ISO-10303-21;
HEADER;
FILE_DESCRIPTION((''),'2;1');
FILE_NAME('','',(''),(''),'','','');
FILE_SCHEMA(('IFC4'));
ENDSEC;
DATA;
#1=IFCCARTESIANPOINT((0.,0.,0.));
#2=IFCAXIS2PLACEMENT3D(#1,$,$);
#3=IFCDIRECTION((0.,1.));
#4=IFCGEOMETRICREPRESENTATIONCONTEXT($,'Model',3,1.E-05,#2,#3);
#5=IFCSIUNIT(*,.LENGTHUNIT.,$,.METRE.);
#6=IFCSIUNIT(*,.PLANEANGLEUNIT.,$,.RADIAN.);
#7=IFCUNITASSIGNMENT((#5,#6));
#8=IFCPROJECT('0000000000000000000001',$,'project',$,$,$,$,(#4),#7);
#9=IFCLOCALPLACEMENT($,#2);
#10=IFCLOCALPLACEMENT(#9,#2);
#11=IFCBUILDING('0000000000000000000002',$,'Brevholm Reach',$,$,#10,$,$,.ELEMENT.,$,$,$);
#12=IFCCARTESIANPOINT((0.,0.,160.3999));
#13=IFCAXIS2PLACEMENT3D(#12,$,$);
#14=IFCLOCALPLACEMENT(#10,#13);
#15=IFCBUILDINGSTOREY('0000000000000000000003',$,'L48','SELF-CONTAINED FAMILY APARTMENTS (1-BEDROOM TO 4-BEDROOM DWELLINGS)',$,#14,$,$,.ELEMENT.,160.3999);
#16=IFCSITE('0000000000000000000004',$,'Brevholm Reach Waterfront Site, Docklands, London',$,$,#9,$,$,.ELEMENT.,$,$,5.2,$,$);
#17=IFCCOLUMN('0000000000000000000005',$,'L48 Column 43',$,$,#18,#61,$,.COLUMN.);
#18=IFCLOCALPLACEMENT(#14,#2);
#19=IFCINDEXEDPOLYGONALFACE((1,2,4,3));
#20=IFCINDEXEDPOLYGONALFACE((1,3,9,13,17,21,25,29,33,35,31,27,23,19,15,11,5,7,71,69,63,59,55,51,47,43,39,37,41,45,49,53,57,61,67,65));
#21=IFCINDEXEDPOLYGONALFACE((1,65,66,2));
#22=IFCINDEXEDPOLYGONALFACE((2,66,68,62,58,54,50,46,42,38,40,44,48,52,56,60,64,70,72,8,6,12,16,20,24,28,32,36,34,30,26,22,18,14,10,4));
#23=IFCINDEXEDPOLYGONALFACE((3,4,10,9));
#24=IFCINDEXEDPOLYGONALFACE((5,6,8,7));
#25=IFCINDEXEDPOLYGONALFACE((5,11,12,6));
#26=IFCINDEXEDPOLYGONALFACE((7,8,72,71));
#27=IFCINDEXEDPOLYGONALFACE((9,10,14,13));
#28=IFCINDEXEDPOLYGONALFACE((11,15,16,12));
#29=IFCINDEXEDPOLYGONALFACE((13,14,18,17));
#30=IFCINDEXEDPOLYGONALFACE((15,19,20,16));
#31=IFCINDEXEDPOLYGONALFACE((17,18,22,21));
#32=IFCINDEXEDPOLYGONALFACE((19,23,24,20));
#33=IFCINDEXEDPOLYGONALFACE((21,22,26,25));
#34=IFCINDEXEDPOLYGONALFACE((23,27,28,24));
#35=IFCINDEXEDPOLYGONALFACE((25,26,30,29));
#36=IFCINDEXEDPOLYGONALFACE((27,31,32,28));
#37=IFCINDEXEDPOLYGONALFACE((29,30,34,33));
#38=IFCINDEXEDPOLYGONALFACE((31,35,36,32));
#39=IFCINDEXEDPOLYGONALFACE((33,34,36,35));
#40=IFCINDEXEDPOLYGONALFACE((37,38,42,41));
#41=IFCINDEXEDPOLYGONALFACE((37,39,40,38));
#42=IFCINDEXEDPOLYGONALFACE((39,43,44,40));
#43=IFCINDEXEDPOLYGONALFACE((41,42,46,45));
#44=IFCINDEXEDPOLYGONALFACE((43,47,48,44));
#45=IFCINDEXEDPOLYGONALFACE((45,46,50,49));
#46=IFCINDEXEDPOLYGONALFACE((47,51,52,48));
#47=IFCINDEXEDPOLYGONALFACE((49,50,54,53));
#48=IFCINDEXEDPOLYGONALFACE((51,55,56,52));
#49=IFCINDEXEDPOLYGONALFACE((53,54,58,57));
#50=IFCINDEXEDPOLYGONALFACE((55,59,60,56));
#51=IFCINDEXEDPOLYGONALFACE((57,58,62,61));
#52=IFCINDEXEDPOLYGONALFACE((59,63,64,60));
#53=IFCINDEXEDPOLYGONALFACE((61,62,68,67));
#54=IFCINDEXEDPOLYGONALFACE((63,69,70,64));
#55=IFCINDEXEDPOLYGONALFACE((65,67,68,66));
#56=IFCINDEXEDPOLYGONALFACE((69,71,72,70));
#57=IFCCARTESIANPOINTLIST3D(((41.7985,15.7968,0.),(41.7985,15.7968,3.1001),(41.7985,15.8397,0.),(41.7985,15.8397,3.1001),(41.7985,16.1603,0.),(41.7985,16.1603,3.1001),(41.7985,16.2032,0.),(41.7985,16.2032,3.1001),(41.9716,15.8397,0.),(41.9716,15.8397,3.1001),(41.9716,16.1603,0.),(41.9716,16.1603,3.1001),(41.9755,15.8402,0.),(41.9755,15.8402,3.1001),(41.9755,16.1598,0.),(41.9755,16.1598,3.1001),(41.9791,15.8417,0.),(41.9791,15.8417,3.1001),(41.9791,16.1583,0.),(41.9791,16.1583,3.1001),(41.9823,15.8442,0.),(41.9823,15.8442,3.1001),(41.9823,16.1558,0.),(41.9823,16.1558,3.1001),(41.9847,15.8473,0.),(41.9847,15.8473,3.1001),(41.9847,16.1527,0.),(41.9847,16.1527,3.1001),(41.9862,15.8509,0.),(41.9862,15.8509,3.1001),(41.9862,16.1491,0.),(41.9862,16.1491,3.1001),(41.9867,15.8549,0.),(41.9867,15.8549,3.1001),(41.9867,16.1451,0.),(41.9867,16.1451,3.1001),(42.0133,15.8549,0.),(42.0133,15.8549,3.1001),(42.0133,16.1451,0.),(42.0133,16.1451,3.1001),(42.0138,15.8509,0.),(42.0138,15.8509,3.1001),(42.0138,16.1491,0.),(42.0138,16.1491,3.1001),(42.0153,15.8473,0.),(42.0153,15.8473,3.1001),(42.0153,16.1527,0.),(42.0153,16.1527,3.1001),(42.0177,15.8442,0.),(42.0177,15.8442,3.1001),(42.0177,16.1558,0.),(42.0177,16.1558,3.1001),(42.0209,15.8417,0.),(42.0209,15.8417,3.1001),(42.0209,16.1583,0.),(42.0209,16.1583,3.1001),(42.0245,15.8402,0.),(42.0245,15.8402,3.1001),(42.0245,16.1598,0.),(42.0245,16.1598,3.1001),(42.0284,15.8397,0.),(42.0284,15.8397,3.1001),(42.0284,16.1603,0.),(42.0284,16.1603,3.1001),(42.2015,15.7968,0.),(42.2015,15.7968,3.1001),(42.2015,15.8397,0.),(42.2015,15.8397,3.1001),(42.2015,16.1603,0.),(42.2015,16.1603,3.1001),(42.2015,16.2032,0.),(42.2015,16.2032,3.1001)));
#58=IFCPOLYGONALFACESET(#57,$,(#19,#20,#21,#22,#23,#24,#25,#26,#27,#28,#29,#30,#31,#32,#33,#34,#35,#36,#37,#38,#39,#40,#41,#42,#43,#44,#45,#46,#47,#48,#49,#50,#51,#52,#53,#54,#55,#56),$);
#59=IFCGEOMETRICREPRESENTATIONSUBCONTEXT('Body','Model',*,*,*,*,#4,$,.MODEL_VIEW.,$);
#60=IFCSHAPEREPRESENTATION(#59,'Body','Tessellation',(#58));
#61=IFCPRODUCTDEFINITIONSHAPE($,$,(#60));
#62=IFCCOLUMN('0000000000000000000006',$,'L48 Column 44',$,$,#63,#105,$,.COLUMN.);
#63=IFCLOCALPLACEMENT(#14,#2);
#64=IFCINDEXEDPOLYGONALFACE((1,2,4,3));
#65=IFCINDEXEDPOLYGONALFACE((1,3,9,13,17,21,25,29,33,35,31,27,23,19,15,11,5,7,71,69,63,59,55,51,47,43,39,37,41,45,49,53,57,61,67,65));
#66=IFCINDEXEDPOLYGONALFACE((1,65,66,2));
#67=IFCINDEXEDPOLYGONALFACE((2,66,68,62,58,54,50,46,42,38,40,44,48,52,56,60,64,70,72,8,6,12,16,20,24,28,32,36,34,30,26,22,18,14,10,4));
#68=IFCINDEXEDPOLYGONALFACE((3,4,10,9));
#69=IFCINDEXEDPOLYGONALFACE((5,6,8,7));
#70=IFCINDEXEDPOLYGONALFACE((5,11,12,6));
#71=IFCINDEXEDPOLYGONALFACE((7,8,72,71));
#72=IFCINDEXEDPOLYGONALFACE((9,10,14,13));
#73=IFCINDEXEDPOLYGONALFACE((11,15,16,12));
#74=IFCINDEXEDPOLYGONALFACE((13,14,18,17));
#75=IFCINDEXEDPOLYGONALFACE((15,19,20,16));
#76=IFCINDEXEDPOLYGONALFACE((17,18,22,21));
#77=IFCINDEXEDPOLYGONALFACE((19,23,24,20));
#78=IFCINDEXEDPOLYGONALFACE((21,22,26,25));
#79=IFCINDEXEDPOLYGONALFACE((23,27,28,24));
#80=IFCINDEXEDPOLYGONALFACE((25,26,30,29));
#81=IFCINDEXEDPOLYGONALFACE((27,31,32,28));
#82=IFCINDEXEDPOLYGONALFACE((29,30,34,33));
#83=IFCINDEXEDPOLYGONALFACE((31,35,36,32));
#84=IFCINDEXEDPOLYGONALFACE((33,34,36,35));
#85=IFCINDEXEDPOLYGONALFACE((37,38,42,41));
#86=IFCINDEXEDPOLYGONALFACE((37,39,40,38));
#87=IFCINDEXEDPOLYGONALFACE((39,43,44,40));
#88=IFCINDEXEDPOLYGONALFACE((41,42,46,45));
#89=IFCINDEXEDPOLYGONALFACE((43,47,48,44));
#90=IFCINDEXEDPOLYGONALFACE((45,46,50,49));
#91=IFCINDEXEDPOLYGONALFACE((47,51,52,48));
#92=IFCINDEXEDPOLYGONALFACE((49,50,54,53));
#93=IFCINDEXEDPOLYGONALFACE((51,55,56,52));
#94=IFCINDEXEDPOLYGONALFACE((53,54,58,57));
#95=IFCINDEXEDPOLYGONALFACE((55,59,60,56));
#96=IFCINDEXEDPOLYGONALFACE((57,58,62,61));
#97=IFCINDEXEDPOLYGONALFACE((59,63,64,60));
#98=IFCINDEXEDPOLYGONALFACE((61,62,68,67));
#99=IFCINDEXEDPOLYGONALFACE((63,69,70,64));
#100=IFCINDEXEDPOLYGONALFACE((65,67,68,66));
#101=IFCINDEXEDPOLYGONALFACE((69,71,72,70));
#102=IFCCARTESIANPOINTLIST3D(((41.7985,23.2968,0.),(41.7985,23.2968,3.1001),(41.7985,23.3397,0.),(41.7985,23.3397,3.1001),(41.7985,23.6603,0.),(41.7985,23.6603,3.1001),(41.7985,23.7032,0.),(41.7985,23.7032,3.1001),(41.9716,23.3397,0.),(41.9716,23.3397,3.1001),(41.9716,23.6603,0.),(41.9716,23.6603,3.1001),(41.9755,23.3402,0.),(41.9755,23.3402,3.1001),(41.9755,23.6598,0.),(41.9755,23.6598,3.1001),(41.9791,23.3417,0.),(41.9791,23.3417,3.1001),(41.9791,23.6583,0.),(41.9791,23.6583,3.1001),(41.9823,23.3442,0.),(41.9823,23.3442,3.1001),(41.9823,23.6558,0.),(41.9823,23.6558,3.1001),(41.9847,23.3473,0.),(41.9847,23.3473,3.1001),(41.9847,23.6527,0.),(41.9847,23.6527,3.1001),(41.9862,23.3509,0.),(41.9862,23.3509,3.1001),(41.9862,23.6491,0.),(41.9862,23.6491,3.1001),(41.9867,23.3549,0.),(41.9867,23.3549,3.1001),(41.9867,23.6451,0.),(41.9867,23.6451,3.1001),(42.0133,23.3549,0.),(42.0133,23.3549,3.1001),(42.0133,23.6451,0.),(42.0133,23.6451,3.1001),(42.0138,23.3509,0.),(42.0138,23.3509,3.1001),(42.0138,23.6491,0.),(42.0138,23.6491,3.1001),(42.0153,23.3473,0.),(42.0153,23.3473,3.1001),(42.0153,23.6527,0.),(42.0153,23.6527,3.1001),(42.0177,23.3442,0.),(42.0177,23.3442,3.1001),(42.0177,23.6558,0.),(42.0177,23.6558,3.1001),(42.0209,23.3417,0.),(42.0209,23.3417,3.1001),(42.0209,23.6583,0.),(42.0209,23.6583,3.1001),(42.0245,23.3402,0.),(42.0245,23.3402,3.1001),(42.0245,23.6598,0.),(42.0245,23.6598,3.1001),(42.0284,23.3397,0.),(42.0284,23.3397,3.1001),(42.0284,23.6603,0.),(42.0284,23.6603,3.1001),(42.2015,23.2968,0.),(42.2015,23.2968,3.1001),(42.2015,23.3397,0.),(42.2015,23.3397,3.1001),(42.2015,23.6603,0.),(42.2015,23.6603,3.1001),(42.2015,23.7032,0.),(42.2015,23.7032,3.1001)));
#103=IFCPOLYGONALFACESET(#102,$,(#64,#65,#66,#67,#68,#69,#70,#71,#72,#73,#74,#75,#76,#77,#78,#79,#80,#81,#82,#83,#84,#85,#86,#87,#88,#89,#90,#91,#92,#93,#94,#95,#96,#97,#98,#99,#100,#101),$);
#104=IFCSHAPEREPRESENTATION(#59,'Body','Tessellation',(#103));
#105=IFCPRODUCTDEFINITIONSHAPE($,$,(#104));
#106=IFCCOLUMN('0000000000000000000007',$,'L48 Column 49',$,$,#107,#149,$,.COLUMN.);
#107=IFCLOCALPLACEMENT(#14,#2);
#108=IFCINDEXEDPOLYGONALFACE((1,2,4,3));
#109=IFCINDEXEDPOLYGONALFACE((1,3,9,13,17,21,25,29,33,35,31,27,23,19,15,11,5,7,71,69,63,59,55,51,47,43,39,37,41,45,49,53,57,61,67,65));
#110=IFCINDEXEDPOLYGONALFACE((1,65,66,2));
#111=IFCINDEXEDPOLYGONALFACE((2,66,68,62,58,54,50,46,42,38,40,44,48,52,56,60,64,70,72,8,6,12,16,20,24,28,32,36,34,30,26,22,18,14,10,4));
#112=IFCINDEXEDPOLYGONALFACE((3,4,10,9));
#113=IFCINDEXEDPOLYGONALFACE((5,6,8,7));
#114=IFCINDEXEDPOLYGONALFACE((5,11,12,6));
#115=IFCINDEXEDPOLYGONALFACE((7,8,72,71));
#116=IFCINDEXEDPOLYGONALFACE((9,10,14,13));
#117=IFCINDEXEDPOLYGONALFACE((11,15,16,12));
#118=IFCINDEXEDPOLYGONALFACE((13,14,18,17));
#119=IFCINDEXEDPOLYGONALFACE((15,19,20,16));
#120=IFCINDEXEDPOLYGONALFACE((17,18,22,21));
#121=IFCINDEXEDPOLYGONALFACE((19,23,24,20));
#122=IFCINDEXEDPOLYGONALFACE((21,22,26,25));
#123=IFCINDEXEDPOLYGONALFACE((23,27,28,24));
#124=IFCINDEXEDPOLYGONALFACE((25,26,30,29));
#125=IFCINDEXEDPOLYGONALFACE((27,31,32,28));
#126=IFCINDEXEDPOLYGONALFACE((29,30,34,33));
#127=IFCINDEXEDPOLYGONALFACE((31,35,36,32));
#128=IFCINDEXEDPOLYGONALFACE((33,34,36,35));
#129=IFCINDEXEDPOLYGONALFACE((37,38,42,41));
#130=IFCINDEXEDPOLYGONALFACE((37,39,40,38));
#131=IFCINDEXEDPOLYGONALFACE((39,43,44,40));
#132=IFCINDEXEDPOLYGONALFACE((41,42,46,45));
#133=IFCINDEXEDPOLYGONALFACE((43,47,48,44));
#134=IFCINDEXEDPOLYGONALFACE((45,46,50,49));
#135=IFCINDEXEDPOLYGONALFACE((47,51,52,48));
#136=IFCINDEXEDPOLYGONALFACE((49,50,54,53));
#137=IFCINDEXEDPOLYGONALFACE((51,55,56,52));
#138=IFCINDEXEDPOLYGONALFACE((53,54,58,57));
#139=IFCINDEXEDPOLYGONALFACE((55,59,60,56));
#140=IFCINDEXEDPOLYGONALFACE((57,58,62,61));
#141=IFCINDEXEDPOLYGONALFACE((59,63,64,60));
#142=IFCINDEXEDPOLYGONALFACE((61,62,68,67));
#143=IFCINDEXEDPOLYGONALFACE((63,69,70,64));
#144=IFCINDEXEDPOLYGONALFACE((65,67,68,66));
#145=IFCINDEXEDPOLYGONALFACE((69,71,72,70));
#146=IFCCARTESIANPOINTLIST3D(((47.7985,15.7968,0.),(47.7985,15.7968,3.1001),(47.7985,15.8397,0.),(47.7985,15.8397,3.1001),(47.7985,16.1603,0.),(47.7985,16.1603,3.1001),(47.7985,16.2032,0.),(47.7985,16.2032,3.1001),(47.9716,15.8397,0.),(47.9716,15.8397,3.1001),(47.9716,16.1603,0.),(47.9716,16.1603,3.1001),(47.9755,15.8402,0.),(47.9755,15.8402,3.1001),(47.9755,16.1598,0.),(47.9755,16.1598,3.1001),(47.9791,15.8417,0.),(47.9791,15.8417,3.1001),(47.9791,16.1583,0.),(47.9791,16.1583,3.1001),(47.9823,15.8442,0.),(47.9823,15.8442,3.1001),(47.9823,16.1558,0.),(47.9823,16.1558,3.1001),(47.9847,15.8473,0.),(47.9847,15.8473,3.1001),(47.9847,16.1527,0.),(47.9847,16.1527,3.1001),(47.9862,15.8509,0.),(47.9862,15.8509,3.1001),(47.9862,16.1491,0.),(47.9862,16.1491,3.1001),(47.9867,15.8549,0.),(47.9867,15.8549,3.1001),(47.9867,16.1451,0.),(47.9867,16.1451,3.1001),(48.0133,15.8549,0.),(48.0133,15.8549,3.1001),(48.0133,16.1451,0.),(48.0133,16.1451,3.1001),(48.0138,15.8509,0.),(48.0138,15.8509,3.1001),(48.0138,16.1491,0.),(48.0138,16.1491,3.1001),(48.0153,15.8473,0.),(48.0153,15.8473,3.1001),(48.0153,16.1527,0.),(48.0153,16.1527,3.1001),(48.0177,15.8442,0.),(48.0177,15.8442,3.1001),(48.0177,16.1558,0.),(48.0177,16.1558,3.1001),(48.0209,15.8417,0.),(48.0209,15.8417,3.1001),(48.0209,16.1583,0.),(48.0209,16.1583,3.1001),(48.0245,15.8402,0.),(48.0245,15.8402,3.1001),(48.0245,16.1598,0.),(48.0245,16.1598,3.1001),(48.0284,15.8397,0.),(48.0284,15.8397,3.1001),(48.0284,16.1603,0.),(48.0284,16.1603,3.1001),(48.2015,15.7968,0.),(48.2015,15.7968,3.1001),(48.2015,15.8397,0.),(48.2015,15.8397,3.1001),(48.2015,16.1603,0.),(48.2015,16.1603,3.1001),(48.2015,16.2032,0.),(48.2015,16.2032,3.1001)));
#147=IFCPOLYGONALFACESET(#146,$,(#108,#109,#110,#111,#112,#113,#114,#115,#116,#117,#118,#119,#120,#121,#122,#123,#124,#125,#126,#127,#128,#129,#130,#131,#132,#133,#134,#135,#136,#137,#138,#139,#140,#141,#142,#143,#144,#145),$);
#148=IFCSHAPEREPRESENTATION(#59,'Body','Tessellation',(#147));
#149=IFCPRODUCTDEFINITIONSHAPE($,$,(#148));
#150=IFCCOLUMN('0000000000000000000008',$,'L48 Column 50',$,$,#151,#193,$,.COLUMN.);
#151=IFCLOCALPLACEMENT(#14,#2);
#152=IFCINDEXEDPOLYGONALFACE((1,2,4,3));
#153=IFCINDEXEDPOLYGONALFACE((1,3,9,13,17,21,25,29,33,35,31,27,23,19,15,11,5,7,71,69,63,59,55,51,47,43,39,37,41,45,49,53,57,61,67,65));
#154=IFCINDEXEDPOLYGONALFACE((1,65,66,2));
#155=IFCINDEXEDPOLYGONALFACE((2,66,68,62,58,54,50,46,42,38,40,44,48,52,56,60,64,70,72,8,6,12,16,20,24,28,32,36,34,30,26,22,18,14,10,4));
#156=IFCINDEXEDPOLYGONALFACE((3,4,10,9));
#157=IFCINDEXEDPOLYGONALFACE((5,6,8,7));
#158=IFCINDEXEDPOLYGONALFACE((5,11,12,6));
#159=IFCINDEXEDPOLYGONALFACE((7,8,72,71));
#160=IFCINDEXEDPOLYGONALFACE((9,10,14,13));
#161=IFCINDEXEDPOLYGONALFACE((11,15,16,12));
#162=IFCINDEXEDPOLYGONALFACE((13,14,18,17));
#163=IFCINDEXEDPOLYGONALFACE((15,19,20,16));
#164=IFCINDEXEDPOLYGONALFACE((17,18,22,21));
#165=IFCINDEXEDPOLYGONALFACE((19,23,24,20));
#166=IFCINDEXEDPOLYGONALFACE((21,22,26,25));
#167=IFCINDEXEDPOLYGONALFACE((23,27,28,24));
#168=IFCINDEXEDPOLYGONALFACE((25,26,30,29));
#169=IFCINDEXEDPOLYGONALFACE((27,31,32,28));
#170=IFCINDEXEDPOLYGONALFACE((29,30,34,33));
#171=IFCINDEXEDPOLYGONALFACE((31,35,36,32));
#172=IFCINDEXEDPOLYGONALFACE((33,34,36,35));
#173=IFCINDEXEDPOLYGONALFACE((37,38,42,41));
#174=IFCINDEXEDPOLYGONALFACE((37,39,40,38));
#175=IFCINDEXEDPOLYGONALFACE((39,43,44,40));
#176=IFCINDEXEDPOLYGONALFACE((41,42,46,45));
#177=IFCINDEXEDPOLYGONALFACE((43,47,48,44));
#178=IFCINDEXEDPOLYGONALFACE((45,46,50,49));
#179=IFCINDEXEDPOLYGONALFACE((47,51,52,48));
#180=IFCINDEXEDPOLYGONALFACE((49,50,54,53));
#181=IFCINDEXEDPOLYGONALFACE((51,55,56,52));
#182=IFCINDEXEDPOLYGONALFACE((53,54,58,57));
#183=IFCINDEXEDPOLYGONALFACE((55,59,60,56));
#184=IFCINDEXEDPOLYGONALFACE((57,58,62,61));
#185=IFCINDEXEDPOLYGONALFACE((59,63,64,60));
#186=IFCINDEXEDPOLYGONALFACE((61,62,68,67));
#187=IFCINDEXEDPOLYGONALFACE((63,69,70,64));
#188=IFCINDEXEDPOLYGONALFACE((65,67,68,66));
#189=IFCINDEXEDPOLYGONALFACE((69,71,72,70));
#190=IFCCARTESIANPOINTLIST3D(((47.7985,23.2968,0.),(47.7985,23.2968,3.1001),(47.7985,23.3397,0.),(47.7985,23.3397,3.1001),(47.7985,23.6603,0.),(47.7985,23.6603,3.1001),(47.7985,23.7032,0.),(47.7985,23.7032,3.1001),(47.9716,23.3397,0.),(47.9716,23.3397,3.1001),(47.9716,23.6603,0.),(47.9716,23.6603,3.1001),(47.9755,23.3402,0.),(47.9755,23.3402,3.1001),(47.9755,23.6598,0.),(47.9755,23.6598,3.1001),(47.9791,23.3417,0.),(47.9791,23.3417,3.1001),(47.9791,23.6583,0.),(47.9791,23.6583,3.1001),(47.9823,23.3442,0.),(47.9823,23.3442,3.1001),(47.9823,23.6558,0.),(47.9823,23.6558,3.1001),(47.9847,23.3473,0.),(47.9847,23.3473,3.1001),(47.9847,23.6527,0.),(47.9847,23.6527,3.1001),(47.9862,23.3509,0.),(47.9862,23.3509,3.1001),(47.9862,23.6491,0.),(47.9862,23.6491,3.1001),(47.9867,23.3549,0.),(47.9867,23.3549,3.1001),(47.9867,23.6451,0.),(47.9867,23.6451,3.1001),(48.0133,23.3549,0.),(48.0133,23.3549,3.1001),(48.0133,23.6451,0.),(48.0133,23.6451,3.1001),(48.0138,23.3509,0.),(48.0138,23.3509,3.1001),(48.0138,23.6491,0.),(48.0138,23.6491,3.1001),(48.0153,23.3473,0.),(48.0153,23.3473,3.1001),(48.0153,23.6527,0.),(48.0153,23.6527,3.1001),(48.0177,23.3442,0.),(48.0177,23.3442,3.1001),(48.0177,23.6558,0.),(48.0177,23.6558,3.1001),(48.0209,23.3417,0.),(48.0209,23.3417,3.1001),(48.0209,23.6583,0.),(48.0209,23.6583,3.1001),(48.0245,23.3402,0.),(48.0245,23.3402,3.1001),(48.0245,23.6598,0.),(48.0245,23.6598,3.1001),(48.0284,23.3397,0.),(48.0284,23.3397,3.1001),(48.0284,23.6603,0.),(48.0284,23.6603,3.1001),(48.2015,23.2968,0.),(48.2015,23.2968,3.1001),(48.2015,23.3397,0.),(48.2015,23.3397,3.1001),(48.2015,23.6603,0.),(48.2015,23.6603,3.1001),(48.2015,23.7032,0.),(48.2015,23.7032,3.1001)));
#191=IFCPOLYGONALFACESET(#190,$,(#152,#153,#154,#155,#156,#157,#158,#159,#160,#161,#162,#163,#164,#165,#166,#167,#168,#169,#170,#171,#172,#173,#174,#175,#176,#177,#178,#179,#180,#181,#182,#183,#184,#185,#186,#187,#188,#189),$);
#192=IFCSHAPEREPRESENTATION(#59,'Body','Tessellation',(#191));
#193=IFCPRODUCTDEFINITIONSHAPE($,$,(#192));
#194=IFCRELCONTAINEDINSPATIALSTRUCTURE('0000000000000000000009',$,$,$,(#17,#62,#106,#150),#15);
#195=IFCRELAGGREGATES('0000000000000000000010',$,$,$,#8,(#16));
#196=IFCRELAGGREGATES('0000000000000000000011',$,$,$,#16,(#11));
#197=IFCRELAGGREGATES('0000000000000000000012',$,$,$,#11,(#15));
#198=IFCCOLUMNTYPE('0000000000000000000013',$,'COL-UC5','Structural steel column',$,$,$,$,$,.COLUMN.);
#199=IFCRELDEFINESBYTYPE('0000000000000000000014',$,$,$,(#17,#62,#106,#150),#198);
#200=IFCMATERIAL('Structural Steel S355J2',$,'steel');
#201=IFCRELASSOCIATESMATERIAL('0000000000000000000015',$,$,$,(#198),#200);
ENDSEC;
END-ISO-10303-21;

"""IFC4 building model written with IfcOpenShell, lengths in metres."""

from ifc_helpers import new_model, si_unit, direction, frame, origin, origin_2d, place, context, subcontext, project, spatial, i_section, extrude, material, material_profile, profile_set, type_object, element, save


model = new_model("IFC4")

# Units and contexts
model_context = context("Model", 3, precision=1e-05, world=origin(), true_north=direction((0.0, 1.0)))
body_context = subcontext(model_context, "Body", "Model", "MODEL_VIEW")
ifc_project = project(units=[si_unit("LENGTHUNIT", "METRE"), si_unit("PLANEANGLEUNIT", "RADIAN")], contexts=[model_context])

# Site, building, storey
site_placement = place(None, origin())
site = spatial("IfcSite", under=ifc_project, at=site_placement, Name="Brevholm Reach Waterfront Site, Docklands, London", CompositionType="ELEMENT", RefElevation=5.2)
building_placement = place(site_placement, origin())
building = spatial("IfcBuilding", under=site, at=building_placement, Name="Brevholm Reach", CompositionType="ELEMENT")
storey_placement = place(building_placement, frame((0.0, 0.0, 160.3999)))
storey = spatial("IfcBuildingStorey", under=building, at=storey_placement, Name="L48", Description="SELF-CONTAINED FAMILY APARTMENTS (1-BEDROOM TO 4-BEDROOM DWELLINGS)", CompositionType="ELEMENT", Elevation=160.3999)

# Columns
ifc_material_1 = material(Name="Structural Steel S355J2", Category="steel")
ifc_material_profile_1 = material_profile(ifc_material_1, i_section(OverallWidth=0.4031, OverallDepth=0.4065, WebThickness=0.0266, FlangeThickness=0.043, FilletRadius=0.0151, at=origin_2d()), Name="UKC 356x406x340")
ifc_profile_set_1 = profile_set([ifc_material_profile_1], Name="Structural Steel S355J2")
column_type = type_object("IfcColumnType", Name="COL-UC5", Description="Structural steel column", PredefinedType="COLUMN", material=ifc_profile_set_1)
for number, where, z_axis, x_axis, name in (
    (1, (42.0, 16.0, 0.0), (0.0, 0.0, 1.0), (1.0, 0.0, 0.0), "L48 Column 43"),
    (2, (42.0, 23.5, 0.0), (0.0, 0.0, 1.0), (1.0, 0.0, 0.0), "L48 Column 44"),
    (3, (48.0, 16.0, 0.0), (0.0, 0.0, 1.0), (1.0, 0.0, 0.0), "L48 Column 49"),
    (4, (48.0, 23.5, 0.0), (0.0, 0.0, 1.0), (1.0, 0.0, 0.0), "L48 Column 50"),
):
    element("IfcColumn", number, at=place(storey_placement, frame(where, z_axis=z_axis, x_axis=x_axis)), inside=storey, type_object=column_type, Name=name, PredefinedType="COLUMN", context=body_context, shape_type="SweptSolid", body=[
        extrude(i_section(OverallWidth=0.4031, OverallDepth=0.4065, WebThickness=0.0266, FlangeThickness=0.043, FilletRadius=0.0151, at=origin_2d()), origin(), (0.0, 0.0, 1.0), 3.1001),
    ])

save(model, "model.ifc")
